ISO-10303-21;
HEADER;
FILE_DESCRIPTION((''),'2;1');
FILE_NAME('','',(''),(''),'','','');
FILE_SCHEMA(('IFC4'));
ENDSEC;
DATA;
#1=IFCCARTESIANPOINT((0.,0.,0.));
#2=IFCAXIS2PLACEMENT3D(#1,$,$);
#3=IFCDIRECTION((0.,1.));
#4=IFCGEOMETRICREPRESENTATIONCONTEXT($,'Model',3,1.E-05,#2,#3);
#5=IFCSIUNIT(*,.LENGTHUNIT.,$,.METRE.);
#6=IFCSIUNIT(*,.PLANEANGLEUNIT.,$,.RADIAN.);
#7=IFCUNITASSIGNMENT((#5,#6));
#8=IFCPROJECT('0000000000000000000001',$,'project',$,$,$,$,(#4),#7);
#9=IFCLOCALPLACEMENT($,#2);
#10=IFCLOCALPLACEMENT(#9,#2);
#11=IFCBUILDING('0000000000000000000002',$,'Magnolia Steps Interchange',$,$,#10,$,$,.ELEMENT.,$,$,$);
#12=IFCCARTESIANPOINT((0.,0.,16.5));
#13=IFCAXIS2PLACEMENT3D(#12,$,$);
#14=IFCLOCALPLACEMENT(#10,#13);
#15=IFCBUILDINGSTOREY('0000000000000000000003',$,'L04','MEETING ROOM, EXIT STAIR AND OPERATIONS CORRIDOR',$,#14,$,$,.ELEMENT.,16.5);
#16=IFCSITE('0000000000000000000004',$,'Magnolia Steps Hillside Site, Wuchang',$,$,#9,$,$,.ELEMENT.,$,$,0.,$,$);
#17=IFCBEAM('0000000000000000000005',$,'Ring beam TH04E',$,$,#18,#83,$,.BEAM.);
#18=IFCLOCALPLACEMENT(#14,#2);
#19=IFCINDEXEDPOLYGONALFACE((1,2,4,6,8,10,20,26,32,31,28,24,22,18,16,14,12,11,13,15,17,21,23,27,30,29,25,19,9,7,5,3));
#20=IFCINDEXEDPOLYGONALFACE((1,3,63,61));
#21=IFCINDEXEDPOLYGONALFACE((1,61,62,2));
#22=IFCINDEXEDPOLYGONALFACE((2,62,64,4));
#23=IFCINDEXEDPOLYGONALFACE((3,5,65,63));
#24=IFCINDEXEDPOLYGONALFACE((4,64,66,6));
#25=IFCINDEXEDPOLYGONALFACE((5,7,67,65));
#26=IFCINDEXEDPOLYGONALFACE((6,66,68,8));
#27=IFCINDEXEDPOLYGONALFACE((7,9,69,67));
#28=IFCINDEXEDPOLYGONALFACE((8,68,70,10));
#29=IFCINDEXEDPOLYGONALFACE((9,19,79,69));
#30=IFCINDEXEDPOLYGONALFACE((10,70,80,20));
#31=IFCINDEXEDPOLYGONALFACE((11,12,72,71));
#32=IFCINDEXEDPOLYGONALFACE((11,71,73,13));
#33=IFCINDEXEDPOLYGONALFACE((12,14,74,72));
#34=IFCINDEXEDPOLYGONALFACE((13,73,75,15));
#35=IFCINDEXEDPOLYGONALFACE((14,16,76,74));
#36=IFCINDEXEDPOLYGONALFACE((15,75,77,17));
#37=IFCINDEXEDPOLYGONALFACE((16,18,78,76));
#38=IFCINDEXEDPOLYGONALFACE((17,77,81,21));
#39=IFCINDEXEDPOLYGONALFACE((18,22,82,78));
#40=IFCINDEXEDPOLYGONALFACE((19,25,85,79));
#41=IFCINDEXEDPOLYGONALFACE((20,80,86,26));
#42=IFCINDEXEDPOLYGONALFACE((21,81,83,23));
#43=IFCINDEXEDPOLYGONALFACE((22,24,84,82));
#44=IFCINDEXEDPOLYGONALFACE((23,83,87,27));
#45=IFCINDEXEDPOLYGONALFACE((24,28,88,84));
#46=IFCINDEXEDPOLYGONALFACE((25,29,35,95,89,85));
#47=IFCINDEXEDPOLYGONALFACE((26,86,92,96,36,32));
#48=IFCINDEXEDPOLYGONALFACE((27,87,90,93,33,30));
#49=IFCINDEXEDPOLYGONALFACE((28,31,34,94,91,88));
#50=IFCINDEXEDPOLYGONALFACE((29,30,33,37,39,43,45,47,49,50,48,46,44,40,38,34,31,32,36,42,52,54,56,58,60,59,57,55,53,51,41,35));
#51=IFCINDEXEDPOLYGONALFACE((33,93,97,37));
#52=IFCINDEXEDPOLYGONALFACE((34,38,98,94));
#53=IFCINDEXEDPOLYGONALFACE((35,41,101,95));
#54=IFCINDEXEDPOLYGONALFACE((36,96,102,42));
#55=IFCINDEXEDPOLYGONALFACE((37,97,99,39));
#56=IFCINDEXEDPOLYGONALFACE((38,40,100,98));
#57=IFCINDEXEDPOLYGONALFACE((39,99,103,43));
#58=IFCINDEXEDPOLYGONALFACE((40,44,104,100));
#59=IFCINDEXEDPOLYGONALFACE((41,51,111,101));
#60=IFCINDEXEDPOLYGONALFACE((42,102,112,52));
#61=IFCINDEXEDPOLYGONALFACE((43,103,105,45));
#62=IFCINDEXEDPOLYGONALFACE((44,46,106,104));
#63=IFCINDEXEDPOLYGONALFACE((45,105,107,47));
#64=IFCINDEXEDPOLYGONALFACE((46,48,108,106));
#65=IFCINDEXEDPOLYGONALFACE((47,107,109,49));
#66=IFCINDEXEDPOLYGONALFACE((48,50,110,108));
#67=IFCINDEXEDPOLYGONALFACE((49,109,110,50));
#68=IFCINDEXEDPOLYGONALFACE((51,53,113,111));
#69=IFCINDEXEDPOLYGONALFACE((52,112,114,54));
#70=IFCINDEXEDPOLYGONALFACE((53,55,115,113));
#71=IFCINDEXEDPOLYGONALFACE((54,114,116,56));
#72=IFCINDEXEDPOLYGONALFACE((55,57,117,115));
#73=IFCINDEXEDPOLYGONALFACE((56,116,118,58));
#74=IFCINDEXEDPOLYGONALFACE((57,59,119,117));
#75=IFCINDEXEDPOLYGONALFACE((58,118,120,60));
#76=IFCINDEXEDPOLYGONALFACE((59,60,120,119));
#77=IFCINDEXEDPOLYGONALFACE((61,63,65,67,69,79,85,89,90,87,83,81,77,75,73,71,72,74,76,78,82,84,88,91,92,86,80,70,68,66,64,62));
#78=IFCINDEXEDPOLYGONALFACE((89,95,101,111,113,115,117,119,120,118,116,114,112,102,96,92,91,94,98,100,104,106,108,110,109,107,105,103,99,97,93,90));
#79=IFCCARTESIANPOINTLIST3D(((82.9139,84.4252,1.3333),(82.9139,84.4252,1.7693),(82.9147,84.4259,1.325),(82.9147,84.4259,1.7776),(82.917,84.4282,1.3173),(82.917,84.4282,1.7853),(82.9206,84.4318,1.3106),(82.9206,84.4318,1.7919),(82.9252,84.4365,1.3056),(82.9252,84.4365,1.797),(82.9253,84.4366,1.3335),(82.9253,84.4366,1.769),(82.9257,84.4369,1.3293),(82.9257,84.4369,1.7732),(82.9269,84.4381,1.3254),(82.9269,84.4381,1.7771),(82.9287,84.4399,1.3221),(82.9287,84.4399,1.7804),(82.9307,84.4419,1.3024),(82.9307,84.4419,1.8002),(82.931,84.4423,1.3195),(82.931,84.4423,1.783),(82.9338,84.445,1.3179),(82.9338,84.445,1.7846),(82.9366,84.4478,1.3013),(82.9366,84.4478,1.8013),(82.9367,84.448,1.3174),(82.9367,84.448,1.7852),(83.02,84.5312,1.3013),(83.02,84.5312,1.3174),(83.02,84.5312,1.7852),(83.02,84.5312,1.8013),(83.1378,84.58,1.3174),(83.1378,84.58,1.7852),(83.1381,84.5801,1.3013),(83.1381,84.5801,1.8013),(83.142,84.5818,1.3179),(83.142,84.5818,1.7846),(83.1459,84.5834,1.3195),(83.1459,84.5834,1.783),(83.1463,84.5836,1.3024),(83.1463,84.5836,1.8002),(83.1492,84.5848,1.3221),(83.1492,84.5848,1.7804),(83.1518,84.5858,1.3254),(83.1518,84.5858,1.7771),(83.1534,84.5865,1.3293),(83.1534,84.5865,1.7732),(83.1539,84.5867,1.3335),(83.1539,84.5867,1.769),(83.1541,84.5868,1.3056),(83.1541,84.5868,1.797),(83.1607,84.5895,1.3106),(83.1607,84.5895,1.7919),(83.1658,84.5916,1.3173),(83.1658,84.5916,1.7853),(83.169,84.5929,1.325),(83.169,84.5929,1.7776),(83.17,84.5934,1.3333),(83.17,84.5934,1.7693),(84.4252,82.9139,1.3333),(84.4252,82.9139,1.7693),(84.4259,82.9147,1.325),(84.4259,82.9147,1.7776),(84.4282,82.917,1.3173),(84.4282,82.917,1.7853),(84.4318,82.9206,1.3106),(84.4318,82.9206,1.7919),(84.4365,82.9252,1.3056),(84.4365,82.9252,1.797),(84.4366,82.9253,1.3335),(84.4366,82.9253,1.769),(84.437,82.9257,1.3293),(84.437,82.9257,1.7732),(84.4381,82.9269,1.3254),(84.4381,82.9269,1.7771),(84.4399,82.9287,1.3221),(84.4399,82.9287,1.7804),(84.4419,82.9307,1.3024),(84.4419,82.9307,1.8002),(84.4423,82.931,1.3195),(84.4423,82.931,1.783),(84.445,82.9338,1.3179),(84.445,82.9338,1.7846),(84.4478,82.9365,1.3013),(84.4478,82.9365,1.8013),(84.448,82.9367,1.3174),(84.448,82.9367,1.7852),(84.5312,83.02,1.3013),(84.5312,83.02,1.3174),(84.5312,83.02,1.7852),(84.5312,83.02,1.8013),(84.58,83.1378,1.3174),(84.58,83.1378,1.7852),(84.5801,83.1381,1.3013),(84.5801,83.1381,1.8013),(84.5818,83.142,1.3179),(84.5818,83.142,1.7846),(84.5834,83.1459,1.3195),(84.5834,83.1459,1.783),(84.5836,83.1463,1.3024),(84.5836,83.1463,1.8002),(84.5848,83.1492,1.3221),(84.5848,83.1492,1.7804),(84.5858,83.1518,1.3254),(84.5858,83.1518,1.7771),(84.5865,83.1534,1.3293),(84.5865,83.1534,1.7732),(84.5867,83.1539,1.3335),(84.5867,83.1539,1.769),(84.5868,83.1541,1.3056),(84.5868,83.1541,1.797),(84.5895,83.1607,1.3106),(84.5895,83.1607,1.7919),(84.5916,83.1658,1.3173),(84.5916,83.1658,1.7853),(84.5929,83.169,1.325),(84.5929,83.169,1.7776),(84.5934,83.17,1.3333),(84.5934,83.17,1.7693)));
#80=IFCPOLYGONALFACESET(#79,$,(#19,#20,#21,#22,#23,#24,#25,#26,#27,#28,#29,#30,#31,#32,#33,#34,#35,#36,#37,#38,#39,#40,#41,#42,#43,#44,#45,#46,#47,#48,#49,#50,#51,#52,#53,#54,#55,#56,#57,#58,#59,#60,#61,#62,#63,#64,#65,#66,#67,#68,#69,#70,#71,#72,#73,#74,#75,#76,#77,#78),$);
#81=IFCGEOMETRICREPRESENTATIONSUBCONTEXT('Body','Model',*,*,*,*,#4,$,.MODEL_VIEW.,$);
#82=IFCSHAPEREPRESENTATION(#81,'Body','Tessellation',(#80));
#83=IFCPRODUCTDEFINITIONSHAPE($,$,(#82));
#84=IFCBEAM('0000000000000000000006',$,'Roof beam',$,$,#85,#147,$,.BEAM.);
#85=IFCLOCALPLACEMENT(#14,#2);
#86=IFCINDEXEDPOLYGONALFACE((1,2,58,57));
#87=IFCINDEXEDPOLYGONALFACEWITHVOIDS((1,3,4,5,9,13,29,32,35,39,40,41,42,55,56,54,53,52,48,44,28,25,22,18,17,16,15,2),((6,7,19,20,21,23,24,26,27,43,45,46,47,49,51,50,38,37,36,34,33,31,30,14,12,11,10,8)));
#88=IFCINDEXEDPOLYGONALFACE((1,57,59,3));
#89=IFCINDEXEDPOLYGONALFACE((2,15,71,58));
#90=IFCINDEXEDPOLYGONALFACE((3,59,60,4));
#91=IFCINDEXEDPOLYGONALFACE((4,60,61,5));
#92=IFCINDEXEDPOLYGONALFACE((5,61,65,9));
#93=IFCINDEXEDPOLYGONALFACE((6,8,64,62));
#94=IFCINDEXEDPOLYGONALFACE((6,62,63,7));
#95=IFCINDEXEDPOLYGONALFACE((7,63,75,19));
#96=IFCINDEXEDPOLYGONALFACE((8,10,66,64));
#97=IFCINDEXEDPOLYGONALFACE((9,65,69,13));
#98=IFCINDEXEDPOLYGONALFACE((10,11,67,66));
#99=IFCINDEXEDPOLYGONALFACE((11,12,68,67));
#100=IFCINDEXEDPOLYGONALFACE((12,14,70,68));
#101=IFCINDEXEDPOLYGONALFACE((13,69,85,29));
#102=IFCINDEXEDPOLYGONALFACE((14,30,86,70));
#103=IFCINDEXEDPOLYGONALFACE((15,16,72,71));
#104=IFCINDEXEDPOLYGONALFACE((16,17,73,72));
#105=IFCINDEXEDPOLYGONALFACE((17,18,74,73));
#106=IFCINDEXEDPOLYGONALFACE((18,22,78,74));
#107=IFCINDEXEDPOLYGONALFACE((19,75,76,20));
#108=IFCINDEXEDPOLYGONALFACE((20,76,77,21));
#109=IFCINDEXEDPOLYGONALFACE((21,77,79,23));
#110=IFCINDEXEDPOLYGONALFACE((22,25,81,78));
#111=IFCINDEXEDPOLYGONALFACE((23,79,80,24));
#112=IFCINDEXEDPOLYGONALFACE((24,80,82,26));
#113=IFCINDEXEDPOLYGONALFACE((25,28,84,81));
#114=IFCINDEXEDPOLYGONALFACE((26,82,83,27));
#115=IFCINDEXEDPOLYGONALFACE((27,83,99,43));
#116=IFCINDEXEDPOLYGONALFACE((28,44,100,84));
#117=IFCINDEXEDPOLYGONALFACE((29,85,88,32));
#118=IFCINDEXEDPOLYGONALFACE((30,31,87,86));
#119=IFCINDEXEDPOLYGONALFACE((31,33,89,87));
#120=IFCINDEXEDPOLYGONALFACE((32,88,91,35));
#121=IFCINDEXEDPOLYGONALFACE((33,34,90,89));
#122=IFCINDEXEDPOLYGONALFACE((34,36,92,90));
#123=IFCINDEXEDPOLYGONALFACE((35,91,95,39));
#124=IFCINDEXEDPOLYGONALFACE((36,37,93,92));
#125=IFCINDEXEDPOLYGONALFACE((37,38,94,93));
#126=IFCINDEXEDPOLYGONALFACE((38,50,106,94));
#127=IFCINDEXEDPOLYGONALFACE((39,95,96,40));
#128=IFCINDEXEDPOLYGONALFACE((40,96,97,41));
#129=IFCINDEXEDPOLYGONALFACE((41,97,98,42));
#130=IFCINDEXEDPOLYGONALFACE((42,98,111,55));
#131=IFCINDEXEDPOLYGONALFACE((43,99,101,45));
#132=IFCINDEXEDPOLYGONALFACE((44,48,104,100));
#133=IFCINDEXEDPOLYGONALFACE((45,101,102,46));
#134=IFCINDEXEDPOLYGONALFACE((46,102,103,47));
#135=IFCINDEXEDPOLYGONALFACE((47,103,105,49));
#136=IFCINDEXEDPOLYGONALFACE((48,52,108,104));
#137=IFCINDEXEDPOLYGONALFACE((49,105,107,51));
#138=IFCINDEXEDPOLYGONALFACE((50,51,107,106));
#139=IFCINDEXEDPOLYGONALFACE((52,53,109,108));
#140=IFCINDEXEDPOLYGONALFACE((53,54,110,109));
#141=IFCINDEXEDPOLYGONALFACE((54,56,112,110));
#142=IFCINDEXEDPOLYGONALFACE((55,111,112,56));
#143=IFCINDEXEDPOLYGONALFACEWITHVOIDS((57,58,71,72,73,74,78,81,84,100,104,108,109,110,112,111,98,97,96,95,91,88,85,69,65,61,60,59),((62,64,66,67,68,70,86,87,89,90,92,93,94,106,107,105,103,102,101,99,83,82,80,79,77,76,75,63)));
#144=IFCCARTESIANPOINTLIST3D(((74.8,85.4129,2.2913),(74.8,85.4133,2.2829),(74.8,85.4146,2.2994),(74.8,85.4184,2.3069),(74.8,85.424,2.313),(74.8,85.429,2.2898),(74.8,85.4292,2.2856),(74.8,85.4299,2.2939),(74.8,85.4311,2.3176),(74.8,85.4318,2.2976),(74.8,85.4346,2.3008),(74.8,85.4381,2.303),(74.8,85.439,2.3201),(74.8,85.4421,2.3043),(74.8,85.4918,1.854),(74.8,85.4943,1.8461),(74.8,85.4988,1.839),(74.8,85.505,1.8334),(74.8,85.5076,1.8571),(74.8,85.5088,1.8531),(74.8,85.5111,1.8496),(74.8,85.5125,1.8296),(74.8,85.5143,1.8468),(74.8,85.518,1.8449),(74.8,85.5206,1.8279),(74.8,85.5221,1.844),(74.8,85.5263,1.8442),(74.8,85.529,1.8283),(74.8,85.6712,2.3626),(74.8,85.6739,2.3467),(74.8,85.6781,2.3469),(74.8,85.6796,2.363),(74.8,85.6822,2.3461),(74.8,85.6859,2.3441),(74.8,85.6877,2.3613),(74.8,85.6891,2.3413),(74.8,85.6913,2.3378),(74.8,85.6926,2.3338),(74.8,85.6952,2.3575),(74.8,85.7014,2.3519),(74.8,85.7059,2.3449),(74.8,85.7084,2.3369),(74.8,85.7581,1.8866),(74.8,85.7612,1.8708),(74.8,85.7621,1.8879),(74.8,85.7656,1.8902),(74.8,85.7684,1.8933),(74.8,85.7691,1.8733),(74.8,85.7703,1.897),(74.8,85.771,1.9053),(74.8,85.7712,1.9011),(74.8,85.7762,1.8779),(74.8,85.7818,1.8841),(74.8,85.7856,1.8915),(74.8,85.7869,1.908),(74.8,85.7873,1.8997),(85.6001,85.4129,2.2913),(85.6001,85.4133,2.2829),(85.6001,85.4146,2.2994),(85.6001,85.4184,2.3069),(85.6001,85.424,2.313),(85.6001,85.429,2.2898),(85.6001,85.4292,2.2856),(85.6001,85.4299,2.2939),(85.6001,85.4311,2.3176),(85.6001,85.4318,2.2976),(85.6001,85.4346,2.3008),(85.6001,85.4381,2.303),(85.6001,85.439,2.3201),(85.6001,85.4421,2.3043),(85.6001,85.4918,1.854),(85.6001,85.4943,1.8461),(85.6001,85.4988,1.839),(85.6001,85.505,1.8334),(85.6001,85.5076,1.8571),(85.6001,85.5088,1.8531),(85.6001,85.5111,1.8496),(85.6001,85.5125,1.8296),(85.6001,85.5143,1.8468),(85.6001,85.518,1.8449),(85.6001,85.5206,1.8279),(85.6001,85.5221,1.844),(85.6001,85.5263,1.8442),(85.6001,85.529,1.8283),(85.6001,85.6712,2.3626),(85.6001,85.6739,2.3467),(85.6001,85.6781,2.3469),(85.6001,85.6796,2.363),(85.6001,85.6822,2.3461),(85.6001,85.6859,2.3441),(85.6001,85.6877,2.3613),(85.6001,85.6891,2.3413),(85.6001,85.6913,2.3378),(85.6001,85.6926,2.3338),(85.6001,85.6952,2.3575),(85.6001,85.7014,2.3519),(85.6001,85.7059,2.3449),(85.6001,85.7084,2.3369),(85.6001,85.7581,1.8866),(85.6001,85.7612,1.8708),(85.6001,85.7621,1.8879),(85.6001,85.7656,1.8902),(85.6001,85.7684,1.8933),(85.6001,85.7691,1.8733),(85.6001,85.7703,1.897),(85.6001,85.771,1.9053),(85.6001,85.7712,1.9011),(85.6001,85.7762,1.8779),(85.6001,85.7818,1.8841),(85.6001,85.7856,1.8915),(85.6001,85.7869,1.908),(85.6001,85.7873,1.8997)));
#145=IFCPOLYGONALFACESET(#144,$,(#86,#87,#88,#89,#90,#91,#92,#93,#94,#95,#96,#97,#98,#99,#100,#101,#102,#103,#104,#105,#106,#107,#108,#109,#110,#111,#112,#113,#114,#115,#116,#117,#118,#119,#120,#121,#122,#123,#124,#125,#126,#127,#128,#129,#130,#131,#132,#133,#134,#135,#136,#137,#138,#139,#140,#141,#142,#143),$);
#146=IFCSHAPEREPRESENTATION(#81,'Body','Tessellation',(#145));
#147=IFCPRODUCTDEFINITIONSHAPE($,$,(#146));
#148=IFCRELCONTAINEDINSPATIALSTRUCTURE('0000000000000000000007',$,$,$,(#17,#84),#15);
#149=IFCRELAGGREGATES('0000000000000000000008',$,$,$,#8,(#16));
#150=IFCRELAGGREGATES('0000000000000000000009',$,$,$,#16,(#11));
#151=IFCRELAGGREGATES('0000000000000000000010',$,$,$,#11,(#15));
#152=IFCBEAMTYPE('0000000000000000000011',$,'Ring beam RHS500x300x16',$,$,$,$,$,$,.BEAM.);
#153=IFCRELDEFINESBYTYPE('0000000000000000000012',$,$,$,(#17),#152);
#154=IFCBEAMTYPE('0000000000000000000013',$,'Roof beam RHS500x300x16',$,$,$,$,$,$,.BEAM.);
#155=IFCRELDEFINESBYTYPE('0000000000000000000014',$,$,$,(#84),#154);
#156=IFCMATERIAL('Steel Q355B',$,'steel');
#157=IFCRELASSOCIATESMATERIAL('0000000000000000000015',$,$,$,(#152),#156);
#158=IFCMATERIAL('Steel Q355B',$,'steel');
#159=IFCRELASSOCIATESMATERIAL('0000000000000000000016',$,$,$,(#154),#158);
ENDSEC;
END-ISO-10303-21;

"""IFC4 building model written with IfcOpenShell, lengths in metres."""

from ifc_helpers import new_model, si_unit, direction, frame, origin, origin_2d, place, context, subcontext, project, spatial, hollow_rectangle, extrude, clip, halfspace, material, material_profile, profile_set, type_object, element, save


model = new_model("IFC4")

# Units and contexts
model_context = context("Model", 3, precision=1e-05, world=origin(), true_north=direction((0.0, 1.0)))
body_context = subcontext(model_context, "Body", "Model", "MODEL_VIEW")
ifc_project = project(units=[si_unit("LENGTHUNIT", "METRE"), si_unit("PLANEANGLEUNIT", "RADIAN")], contexts=[model_context])

# Site, building, storey
site_placement = place(None, origin())
site = spatial("IfcSite", under=ifc_project, at=site_placement, Name="Magnolia Steps Hillside Site, Wuchang", CompositionType="ELEMENT", RefElevation=0.0)
building_placement = place(site_placement, origin())
building = spatial("IfcBuilding", under=site, at=building_placement, Name="Magnolia Steps Interchange", CompositionType="ELEMENT")
storey_placement = place(building_placement, frame((0.0, 0.0, 16.5)))
storey = spatial("IfcBuildingStorey", under=building, at=storey_placement, Name="L04", Description="MEETING ROOM, EXIT STAIR AND OPERATIONS CORRIDOR", CompositionType="ELEMENT", Elevation=16.5)

# Beams
ifc_material_1 = material(Name="Steel Q355B", Category="steel")
ifc_material_profile_1 = material_profile(ifc_material_1, hollow_rectangle(XDim=0.3, YDim=0.5, WallThickness=0.0161, InnerFilletRadius=0.0161, OuterFilletRadius=0.032, at=origin_2d()), Name="RHS500x300x16")
ifc_profile_set_1 = profile_set([ifc_material_profile_1], Name="Steel Q355B")
beam_type_1 = type_object("IfcBeamType", Name="Ring beam RHS500x300x16", PredefinedType="BEAM", material=ifc_profile_set_1)
beam_1_placement = place(storey_placement, frame((83.02, 84.5312, 1.5513), z_axis=(0.707107, -0.707107, 0.0), x_axis=(0.707107, 0.707107, 0.0)))
element("IfcBeam", 1, at=beam_1_placement, inside=storey, type_object=beam_type_1, Name="Ring beam TH04E", PredefinedType="BEAM", context=body_context, shape_type="Clipping", body=[
    clip(clip(extrude(hollow_rectangle(XDim=0.3, YDim=0.5, WallThickness=0.0161, InnerFilletRadius=0.0161, OuterFilletRadius=0.032, at=origin_2d()), origin(), (0.0, 0.0, 1.0), 2.1372), halfspace(frame((0.0, 0.0, 0.0), z_axis=(0.382683, 0.0, -0.92388), x_axis=(0.92388, 0.0, 0.382683)), False)), halfspace(frame((0.0, 0.0, 2.1372), z_axis=(0.382683, 0.0, 0.92388), x_axis=(0.92388, 0.0, -0.382683)), False)),
])
ifc_material_2 = material(Name="Steel Q355B", Category="steel")
ifc_material_profile_2 = material_profile(ifc_material_2, hollow_rectangle(XDim=0.3, YDim=0.5, WallThickness=0.0161, InnerFilletRadius=0.0161, OuterFilletRadius=0.032, at=origin_2d()), Name="RHS500x300x16")
ifc_profile_set_2 = profile_set([ifc_material_profile_2], Name="Steel Q355B")
beam_type_2 = type_object("IfcBeamType", Name="Roof beam RHS500x300x16", PredefinedType="BEAM", material=ifc_profile_set_2)
beam_2_placement = place(storey_placement, frame((74.8, 85.6001, 2.0955), z_axis=(1.0, 0.0, 0.0), x_axis=(0.0, 0.983677, 0.179941)))
element("IfcBeam", 2, at=beam_2_placement, inside=storey, type_object=beam_type_2, Name="Roof beam", PredefinedType="BEAM", context=body_context, shape_type="SweptSolid", body=[
    extrude(hollow_rectangle(XDim=0.3, YDim=0.5, WallThickness=0.0161, InnerFilletRadius=0.0161, OuterFilletRadius=0.032, at=origin_2d()), origin(), (0.0, 0.0, 1.0), 10.8),
])

save(model, "model.ifc")
